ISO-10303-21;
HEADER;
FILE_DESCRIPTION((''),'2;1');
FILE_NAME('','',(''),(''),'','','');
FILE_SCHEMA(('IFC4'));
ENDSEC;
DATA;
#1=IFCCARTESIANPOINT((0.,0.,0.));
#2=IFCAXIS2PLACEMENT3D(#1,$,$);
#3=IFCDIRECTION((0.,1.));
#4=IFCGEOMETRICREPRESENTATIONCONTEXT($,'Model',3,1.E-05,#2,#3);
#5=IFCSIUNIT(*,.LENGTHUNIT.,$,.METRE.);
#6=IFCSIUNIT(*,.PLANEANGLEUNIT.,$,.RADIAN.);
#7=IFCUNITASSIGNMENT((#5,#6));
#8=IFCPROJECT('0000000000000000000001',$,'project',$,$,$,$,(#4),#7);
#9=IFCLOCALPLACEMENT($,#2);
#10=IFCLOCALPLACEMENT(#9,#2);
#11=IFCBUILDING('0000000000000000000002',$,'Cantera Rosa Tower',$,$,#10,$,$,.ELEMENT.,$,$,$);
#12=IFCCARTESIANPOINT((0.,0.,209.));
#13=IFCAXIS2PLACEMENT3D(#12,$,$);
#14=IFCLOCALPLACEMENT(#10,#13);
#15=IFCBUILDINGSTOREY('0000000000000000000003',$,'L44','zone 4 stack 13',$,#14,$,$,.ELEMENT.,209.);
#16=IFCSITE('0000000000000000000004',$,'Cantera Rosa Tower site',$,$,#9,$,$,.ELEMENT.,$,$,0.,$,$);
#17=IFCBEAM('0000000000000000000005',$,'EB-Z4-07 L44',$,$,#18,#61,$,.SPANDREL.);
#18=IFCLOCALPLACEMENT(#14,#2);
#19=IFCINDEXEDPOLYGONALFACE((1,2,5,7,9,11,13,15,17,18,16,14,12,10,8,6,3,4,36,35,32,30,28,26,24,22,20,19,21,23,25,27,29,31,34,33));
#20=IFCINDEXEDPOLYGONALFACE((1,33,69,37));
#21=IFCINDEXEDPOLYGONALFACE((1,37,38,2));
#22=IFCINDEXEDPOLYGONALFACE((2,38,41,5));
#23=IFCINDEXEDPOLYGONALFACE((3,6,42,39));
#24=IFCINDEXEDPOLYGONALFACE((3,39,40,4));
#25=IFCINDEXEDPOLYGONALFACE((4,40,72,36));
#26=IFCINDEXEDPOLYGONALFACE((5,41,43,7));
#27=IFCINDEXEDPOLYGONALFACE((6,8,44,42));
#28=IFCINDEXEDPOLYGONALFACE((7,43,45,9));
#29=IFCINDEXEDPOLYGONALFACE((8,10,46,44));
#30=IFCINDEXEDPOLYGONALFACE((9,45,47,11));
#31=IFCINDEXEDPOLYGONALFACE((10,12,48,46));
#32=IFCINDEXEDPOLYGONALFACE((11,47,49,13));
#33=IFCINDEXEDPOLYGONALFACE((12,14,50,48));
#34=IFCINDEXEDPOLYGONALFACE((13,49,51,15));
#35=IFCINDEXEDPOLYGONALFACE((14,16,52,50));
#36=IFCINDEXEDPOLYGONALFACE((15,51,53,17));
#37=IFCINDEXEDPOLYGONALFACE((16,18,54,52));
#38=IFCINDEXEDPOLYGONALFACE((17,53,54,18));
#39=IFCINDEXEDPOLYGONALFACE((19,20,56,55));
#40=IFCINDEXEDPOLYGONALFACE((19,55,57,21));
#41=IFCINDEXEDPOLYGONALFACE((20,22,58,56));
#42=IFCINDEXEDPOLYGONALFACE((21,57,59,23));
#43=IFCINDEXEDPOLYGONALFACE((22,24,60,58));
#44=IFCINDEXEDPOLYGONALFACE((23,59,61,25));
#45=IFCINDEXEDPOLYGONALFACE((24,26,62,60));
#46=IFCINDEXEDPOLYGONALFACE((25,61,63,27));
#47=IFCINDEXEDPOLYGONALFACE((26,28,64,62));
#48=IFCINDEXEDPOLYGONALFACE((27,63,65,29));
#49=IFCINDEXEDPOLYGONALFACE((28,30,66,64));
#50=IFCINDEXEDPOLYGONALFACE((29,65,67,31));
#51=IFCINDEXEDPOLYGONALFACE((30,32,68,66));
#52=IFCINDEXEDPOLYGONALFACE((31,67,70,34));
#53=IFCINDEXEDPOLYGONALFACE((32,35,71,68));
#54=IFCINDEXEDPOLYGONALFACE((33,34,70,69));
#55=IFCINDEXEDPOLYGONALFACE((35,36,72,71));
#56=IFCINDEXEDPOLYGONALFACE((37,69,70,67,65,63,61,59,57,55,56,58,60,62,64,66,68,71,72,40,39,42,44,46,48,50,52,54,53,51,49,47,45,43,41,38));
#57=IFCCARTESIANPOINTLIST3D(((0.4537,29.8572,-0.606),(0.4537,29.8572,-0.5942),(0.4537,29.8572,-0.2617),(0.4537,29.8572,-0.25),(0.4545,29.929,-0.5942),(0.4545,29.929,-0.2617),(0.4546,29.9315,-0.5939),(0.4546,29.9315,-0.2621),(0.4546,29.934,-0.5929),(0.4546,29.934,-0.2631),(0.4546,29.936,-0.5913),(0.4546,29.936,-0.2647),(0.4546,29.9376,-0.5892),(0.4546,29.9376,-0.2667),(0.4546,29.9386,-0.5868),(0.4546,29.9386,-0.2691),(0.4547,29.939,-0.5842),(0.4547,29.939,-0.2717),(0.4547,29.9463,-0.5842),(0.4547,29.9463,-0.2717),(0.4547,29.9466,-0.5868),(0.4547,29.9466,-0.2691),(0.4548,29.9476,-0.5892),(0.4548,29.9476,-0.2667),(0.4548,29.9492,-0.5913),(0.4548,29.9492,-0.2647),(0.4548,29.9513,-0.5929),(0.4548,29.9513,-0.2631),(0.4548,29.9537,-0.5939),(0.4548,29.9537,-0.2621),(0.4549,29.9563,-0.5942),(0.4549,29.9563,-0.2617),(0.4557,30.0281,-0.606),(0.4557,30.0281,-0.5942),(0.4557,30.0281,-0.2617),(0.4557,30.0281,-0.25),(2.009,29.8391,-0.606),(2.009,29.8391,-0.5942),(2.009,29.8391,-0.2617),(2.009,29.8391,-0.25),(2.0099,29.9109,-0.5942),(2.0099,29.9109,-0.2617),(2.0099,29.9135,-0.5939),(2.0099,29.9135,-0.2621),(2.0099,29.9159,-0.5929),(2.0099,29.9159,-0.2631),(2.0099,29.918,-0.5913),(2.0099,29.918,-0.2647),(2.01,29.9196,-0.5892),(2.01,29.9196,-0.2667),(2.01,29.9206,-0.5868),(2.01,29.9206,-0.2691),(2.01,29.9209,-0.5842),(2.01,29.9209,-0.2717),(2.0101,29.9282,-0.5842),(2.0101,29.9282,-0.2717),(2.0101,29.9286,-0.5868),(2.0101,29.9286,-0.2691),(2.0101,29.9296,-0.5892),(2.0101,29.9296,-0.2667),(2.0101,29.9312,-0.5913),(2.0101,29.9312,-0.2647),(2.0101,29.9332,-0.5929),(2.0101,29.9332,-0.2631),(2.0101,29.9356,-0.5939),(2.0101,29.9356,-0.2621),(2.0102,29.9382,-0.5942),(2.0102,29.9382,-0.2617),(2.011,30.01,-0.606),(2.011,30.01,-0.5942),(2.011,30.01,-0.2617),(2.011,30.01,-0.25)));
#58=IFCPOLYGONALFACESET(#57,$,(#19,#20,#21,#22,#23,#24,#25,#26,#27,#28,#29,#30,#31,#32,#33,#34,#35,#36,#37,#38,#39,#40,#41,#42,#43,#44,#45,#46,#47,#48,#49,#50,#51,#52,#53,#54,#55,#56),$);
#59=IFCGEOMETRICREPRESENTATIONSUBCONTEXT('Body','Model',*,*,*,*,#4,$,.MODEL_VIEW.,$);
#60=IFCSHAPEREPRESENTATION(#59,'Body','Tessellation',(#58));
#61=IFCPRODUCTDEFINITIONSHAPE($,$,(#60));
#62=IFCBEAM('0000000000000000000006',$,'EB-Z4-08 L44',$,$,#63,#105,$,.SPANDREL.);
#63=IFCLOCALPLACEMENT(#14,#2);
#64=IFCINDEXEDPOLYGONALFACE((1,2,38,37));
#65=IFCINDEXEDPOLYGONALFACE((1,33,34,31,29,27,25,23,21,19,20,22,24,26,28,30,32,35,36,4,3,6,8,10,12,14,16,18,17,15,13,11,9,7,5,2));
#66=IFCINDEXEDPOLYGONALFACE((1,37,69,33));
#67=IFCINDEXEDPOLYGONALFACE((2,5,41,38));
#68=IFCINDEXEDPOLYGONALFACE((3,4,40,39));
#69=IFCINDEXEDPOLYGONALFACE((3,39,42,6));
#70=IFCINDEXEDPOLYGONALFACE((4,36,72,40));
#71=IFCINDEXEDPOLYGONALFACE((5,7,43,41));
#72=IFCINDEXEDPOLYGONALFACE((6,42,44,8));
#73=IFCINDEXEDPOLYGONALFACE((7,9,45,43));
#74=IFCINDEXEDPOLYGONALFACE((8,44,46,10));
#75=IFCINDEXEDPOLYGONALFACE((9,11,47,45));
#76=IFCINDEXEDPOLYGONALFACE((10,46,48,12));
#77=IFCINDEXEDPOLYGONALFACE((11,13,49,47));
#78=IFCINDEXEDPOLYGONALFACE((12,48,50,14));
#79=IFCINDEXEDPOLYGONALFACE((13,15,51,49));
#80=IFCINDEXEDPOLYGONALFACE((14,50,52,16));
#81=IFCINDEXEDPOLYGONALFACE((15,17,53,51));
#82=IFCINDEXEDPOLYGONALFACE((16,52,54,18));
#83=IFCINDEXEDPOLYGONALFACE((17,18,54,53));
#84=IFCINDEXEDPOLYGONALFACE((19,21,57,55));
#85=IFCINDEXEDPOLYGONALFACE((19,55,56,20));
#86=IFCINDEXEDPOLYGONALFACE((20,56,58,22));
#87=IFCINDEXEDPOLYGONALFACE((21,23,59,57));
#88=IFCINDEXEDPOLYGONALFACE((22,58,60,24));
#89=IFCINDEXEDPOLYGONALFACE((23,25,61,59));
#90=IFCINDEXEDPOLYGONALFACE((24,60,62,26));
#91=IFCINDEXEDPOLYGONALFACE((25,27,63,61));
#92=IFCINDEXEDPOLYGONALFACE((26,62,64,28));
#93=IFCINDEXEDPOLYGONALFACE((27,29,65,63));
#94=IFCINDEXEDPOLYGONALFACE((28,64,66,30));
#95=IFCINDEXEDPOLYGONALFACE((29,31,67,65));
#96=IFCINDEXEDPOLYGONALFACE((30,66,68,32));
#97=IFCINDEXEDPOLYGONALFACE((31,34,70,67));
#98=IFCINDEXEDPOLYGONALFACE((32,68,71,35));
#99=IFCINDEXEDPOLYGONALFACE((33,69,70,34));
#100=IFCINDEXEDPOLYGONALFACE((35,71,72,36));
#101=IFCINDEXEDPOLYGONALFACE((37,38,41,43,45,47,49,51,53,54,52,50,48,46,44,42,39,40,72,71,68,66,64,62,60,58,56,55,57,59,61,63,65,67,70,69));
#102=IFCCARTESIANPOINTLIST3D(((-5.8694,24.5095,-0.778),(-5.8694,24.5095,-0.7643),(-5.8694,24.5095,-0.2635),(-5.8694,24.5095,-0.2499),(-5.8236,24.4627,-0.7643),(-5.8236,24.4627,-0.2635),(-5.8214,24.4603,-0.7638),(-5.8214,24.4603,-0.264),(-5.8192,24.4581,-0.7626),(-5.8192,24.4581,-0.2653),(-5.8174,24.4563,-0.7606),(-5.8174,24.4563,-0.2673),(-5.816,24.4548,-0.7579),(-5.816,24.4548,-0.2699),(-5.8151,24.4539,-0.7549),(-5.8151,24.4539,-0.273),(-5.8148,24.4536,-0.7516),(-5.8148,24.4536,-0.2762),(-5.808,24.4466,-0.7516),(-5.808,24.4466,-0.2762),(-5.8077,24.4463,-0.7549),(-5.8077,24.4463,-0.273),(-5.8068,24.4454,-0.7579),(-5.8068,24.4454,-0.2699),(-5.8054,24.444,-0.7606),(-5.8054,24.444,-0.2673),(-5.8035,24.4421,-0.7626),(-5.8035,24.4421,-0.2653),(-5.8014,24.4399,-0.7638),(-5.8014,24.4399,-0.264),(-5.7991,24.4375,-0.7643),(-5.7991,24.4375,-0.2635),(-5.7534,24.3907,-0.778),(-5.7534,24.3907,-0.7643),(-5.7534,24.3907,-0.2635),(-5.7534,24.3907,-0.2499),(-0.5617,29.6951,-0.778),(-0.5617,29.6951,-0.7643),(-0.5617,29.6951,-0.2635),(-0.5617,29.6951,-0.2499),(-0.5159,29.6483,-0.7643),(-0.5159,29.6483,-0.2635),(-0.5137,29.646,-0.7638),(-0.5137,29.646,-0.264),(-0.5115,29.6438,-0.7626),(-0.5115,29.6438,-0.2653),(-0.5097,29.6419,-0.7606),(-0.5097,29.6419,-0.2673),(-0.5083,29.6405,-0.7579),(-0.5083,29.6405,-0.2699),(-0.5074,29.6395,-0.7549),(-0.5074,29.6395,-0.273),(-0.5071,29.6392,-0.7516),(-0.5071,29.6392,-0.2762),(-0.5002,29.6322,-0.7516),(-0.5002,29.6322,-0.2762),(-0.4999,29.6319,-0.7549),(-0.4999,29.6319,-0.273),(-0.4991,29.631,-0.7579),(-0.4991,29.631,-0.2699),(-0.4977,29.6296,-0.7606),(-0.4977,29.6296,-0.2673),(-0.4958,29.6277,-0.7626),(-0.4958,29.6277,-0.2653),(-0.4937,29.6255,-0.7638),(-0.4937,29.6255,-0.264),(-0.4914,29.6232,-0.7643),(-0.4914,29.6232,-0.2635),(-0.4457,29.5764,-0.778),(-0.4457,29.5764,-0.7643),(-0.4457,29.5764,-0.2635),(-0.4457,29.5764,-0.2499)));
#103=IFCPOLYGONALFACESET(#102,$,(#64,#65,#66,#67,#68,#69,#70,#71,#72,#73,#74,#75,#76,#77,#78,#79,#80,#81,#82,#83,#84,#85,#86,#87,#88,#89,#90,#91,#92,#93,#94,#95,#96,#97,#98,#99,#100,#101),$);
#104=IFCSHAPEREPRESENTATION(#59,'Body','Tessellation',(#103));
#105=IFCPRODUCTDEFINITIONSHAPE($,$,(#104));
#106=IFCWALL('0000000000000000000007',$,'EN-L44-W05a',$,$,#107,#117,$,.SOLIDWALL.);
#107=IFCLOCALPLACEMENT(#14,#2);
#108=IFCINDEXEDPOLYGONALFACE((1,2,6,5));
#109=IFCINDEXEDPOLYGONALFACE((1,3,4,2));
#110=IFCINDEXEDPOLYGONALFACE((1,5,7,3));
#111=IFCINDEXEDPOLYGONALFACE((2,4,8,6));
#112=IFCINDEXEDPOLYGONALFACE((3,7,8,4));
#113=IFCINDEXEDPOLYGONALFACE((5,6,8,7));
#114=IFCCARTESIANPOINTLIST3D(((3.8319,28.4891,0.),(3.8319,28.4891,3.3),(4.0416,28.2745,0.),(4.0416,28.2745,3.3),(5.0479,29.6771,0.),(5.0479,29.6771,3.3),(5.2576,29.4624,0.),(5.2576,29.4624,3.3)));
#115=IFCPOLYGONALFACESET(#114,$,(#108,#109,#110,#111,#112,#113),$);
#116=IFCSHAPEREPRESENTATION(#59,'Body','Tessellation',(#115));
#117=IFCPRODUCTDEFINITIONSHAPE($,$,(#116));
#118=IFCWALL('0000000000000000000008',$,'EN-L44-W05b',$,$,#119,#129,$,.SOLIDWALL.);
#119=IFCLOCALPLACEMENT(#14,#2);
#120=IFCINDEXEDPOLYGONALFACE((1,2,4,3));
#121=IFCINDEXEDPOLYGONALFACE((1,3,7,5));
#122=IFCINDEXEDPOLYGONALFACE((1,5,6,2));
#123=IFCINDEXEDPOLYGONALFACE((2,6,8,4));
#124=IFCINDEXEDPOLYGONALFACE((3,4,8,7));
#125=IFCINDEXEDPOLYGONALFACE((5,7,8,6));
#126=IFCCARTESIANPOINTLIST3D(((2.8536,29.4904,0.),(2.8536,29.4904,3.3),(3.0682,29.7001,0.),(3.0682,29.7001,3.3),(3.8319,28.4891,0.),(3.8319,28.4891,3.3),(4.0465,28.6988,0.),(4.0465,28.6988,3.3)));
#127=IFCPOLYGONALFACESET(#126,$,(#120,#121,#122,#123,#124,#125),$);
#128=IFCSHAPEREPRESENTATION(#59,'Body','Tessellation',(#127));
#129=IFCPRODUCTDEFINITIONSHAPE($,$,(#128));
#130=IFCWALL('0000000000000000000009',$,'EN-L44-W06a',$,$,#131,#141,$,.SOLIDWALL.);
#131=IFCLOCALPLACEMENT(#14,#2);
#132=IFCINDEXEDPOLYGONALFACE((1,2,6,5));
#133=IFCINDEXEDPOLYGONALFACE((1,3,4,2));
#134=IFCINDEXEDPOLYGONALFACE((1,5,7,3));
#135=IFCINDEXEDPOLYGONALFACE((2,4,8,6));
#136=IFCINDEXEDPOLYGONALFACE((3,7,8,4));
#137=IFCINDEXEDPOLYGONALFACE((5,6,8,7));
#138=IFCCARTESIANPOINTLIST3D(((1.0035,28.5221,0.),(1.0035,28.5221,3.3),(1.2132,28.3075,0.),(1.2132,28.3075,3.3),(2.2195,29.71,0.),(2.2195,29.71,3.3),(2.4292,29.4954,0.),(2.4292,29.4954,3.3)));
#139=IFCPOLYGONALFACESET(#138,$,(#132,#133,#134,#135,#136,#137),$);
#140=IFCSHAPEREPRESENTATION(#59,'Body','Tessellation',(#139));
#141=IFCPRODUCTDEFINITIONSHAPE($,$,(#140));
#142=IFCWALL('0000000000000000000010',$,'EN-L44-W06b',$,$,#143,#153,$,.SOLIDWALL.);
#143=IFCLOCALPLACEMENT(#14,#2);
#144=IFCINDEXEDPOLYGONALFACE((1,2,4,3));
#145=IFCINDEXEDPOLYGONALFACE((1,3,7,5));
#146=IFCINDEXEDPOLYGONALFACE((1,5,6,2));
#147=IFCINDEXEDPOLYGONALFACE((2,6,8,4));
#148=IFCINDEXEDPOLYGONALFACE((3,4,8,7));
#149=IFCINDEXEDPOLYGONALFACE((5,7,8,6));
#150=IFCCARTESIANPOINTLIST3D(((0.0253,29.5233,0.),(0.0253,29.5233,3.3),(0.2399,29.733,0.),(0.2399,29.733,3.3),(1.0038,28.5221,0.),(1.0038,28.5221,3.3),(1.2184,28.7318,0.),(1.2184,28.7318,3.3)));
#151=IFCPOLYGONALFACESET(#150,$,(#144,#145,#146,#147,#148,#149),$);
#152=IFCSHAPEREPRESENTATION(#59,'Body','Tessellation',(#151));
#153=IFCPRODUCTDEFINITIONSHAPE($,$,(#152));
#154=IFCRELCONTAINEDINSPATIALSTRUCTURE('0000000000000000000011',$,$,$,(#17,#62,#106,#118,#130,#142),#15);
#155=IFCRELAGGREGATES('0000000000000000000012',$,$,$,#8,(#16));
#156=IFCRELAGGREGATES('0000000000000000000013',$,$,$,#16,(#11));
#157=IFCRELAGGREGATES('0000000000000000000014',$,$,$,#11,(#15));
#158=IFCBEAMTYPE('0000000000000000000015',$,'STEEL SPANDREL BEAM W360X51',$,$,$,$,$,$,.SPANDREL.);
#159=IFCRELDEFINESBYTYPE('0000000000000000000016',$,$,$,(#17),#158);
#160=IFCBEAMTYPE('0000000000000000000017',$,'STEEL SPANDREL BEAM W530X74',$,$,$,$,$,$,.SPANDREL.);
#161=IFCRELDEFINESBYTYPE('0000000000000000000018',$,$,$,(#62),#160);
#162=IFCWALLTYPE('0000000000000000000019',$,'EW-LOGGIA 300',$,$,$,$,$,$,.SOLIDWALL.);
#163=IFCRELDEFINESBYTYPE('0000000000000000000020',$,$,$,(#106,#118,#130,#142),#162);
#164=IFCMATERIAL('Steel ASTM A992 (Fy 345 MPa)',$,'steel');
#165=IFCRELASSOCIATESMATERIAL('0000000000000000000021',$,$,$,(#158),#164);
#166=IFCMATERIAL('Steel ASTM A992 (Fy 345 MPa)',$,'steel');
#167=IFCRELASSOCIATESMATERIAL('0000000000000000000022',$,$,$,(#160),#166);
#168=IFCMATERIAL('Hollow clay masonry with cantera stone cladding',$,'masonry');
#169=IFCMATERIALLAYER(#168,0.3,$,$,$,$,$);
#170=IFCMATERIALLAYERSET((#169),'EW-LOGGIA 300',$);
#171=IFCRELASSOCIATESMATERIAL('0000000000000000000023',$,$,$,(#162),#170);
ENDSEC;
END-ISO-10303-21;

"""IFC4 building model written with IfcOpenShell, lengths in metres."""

from ifc_helpers import new_model, si_unit, direction, frame, frame_2d, origin, origin_2d, place, context, subcontext, project, spatial, rectangle, i_section, extrude, material, layer, layer_set, material_profile, profile_set, type_object, element, save


model = new_model("IFC4")

# Units and contexts
model_context = context("Model", 3, precision=1e-05, world=origin(), true_north=direction((0.0, 1.0)))
body_context = subcontext(model_context, "Body", "Model", "MODEL_VIEW")
ifc_project = project(units=[si_unit("LENGTHUNIT", "METRE"), si_unit("PLANEANGLEUNIT", "RADIAN")], contexts=[model_context])

# Site, building, storey
site_placement = place(None, origin())
site = spatial("IfcSite", under=ifc_project, at=site_placement, Name="Cantera Rosa Tower site", CompositionType="ELEMENT", RefElevation=0.0)
building_placement = place(site_placement, origin())
building = spatial("IfcBuilding", under=site, at=building_placement, Name="Cantera Rosa Tower", CompositionType="ELEMENT")
storey_placement = place(building_placement, frame((0.0, 0.0, 209.0)))
storey = spatial("IfcBuildingStorey", under=building, at=storey_placement, Name="L44", Description="zone 4 stack 13", CompositionType="ELEMENT", Elevation=209.0)

# Beams
ifc_material_1 = material(Name="Steel ASTM A992 (Fy 345 MPa)", Category="steel")
ifc_material_profile_1 = material_profile(ifc_material_1, i_section(OverallWidth=0.1709, OverallDepth=0.356, WebThickness=0.0073, FlangeThickness=0.0117, FilletRadius=0.01, at=origin_2d()), Name="W360X51")
ifc_profile_set_1 = profile_set([ifc_material_profile_1], Name="Steel ASTM A992 (Fy 345 MPa)")
beam_type_1 = type_object("IfcBeamType", Name="STEEL SPANDREL BEAM W360X51", PredefinedType="SPANDREL", material=ifc_profile_set_1)
for number, where, z_axis, x_axis, name in (
    (1, (2.01, 29.9246, -0.428), (-0.999933, 0.011614, 0.0), (-0.011614, -0.999933, 0.0), "EB-Z4-07 L44"),
):
    element("IfcBeam", number, at=place(storey_placement, frame(where, z_axis=z_axis, x_axis=x_axis)), inside=storey, type_object=beam_type_1, Name=name, PredefinedType="SPANDREL", context=body_context, shape_type="SweptSolid", body=[
        extrude(i_section(OverallWidth=0.1709, OverallDepth=0.356, WebThickness=0.0073, FlangeThickness=0.0117, FilletRadius=0.01, at=origin_2d()), origin(), (0.0, 0.0, 1.0), 1.5554),
    ])
ifc_material_2 = material(Name="Steel ASTM A992 (Fy 345 MPa)", Category="steel")
ifc_material_profile_2 = material_profile(ifc_material_2, i_section(OverallWidth=0.166, OverallDepth=0.5281, WebThickness=0.0098, FlangeThickness=0.0137, FilletRadius=0.0127, at=origin_2d()), Name="W530X74")
ifc_profile_set_2 = profile_set([ifc_material_profile_2], Name="Steel ASTM A992 (Fy 345 MPa)")
beam_type_2 = type_object("IfcBeamType", Name="STEEL SPANDREL BEAM W530X74", PredefinedType="SPANDREL", material=ifc_profile_set_2)
beam_1_placement = place(storey_placement, frame((-0.5037, 29.6357, -0.5139), z_axis=(-0.715284, -0.698833, 0.0), x_axis=(0.698833, -0.715284, 0.0)))
element("IfcBeam", 2, at=beam_1_placement, inside=storey, type_object=beam_type_2, Name="EB-Z4-08 L44", PredefinedType="SPANDREL", context=body_context, shape_type="SweptSolid", body=[
    extrude(i_section(OverallWidth=0.166, OverallDepth=0.5281, WebThickness=0.0098, FlangeThickness=0.0137, FilletRadius=0.0127, at=origin_2d()), origin(), (0.0, 0.0, 1.0), 7.4204),
])

# Walls
ifc_material_3 = material(Name="Hollow clay masonry with cantera stone cladding", Category="masonry")
ifc_layer_1 = layer(ifc_material_3, 0.3)
ifc_layer_set_1 = layer_set([ifc_layer_1], Name="EW-LOGGIA 300")
wall_type_1 = type_object("IfcWallType", Name="EW-LOGGIA 300", PredefinedType="SOLIDWALL", material=ifc_layer_set_1)
wall_1_placement = place(storey_placement, frame((5.1528, 29.5698, 0.0), z_axis=(0.0, 0.0, 1.0), x_axis=(-0.715316, -0.698801, 0.0)))
element("IfcWall", 3, at=wall_1_placement, inside=storey, type_object=wall_type_1, Name="EN-L44-W05a", PredefinedType="SOLIDWALL", context=body_context, shape_type="SweptSolid", body=[
    extrude(rectangle(XDim=1.7, YDim=0.3, at=frame_2d((0.8501, 0.0))), origin(), (0.0, 0.0, 1.0), 3.3),
])
wall_2_placement = place(storey_placement, frame((3.9392, 28.594, 0.0), z_axis=(0.0, 0.0, 1.0), x_axis=(-0.698862, 0.715257, 0.0)))
element("IfcWall", 4, at=wall_2_placement, inside=storey, type_object=wall_type_1, Name="EN-L44-W05b", PredefinedType="SOLIDWALL", context=body_context, shape_type="SweptSolid", body=[
    extrude(rectangle(XDim=1.3999, YDim=0.3, at=frame_2d((0.7, 0.0))), origin(), (0.0, 0.0, 1.0), 3.3),
])
wall_3_placement = place(storey_placement, frame((2.3245, 29.6028, 0.0), z_axis=(0.0, 0.0, 1.0), x_axis=(-0.715316, -0.698801, 0.0)))
element("IfcWall", 5, at=wall_3_placement, inside=storey, type_object=wall_type_1, Name="EN-L44-W06a", PredefinedType="SOLIDWALL", context=body_context, shape_type="SweptSolid", body=[
    extrude(rectangle(XDim=1.7, YDim=0.3, at=frame_2d((0.8501, 0.0))), origin(), (0.0, 0.0, 1.0), 3.3),
])
wall_4_placement = place(storey_placement, frame((1.1111, 28.627, 0.0), z_axis=(0.0, 0.0, 1.0), x_axis=(-0.698951, 0.715169, 0.0)))
element("IfcWall", 6, at=wall_4_placement, inside=storey, type_object=wall_type_1, Name="EN-L44-W06b", PredefinedType="SOLIDWALL", context=body_context, shape_type="SweptSolid", body=[
    extrude(rectangle(XDim=1.3999, YDim=0.3, at=frame_2d((0.7, 0.0))), origin(), (0.0, 0.0, 1.0), 3.3),
])

save(model, "model.ifc")
